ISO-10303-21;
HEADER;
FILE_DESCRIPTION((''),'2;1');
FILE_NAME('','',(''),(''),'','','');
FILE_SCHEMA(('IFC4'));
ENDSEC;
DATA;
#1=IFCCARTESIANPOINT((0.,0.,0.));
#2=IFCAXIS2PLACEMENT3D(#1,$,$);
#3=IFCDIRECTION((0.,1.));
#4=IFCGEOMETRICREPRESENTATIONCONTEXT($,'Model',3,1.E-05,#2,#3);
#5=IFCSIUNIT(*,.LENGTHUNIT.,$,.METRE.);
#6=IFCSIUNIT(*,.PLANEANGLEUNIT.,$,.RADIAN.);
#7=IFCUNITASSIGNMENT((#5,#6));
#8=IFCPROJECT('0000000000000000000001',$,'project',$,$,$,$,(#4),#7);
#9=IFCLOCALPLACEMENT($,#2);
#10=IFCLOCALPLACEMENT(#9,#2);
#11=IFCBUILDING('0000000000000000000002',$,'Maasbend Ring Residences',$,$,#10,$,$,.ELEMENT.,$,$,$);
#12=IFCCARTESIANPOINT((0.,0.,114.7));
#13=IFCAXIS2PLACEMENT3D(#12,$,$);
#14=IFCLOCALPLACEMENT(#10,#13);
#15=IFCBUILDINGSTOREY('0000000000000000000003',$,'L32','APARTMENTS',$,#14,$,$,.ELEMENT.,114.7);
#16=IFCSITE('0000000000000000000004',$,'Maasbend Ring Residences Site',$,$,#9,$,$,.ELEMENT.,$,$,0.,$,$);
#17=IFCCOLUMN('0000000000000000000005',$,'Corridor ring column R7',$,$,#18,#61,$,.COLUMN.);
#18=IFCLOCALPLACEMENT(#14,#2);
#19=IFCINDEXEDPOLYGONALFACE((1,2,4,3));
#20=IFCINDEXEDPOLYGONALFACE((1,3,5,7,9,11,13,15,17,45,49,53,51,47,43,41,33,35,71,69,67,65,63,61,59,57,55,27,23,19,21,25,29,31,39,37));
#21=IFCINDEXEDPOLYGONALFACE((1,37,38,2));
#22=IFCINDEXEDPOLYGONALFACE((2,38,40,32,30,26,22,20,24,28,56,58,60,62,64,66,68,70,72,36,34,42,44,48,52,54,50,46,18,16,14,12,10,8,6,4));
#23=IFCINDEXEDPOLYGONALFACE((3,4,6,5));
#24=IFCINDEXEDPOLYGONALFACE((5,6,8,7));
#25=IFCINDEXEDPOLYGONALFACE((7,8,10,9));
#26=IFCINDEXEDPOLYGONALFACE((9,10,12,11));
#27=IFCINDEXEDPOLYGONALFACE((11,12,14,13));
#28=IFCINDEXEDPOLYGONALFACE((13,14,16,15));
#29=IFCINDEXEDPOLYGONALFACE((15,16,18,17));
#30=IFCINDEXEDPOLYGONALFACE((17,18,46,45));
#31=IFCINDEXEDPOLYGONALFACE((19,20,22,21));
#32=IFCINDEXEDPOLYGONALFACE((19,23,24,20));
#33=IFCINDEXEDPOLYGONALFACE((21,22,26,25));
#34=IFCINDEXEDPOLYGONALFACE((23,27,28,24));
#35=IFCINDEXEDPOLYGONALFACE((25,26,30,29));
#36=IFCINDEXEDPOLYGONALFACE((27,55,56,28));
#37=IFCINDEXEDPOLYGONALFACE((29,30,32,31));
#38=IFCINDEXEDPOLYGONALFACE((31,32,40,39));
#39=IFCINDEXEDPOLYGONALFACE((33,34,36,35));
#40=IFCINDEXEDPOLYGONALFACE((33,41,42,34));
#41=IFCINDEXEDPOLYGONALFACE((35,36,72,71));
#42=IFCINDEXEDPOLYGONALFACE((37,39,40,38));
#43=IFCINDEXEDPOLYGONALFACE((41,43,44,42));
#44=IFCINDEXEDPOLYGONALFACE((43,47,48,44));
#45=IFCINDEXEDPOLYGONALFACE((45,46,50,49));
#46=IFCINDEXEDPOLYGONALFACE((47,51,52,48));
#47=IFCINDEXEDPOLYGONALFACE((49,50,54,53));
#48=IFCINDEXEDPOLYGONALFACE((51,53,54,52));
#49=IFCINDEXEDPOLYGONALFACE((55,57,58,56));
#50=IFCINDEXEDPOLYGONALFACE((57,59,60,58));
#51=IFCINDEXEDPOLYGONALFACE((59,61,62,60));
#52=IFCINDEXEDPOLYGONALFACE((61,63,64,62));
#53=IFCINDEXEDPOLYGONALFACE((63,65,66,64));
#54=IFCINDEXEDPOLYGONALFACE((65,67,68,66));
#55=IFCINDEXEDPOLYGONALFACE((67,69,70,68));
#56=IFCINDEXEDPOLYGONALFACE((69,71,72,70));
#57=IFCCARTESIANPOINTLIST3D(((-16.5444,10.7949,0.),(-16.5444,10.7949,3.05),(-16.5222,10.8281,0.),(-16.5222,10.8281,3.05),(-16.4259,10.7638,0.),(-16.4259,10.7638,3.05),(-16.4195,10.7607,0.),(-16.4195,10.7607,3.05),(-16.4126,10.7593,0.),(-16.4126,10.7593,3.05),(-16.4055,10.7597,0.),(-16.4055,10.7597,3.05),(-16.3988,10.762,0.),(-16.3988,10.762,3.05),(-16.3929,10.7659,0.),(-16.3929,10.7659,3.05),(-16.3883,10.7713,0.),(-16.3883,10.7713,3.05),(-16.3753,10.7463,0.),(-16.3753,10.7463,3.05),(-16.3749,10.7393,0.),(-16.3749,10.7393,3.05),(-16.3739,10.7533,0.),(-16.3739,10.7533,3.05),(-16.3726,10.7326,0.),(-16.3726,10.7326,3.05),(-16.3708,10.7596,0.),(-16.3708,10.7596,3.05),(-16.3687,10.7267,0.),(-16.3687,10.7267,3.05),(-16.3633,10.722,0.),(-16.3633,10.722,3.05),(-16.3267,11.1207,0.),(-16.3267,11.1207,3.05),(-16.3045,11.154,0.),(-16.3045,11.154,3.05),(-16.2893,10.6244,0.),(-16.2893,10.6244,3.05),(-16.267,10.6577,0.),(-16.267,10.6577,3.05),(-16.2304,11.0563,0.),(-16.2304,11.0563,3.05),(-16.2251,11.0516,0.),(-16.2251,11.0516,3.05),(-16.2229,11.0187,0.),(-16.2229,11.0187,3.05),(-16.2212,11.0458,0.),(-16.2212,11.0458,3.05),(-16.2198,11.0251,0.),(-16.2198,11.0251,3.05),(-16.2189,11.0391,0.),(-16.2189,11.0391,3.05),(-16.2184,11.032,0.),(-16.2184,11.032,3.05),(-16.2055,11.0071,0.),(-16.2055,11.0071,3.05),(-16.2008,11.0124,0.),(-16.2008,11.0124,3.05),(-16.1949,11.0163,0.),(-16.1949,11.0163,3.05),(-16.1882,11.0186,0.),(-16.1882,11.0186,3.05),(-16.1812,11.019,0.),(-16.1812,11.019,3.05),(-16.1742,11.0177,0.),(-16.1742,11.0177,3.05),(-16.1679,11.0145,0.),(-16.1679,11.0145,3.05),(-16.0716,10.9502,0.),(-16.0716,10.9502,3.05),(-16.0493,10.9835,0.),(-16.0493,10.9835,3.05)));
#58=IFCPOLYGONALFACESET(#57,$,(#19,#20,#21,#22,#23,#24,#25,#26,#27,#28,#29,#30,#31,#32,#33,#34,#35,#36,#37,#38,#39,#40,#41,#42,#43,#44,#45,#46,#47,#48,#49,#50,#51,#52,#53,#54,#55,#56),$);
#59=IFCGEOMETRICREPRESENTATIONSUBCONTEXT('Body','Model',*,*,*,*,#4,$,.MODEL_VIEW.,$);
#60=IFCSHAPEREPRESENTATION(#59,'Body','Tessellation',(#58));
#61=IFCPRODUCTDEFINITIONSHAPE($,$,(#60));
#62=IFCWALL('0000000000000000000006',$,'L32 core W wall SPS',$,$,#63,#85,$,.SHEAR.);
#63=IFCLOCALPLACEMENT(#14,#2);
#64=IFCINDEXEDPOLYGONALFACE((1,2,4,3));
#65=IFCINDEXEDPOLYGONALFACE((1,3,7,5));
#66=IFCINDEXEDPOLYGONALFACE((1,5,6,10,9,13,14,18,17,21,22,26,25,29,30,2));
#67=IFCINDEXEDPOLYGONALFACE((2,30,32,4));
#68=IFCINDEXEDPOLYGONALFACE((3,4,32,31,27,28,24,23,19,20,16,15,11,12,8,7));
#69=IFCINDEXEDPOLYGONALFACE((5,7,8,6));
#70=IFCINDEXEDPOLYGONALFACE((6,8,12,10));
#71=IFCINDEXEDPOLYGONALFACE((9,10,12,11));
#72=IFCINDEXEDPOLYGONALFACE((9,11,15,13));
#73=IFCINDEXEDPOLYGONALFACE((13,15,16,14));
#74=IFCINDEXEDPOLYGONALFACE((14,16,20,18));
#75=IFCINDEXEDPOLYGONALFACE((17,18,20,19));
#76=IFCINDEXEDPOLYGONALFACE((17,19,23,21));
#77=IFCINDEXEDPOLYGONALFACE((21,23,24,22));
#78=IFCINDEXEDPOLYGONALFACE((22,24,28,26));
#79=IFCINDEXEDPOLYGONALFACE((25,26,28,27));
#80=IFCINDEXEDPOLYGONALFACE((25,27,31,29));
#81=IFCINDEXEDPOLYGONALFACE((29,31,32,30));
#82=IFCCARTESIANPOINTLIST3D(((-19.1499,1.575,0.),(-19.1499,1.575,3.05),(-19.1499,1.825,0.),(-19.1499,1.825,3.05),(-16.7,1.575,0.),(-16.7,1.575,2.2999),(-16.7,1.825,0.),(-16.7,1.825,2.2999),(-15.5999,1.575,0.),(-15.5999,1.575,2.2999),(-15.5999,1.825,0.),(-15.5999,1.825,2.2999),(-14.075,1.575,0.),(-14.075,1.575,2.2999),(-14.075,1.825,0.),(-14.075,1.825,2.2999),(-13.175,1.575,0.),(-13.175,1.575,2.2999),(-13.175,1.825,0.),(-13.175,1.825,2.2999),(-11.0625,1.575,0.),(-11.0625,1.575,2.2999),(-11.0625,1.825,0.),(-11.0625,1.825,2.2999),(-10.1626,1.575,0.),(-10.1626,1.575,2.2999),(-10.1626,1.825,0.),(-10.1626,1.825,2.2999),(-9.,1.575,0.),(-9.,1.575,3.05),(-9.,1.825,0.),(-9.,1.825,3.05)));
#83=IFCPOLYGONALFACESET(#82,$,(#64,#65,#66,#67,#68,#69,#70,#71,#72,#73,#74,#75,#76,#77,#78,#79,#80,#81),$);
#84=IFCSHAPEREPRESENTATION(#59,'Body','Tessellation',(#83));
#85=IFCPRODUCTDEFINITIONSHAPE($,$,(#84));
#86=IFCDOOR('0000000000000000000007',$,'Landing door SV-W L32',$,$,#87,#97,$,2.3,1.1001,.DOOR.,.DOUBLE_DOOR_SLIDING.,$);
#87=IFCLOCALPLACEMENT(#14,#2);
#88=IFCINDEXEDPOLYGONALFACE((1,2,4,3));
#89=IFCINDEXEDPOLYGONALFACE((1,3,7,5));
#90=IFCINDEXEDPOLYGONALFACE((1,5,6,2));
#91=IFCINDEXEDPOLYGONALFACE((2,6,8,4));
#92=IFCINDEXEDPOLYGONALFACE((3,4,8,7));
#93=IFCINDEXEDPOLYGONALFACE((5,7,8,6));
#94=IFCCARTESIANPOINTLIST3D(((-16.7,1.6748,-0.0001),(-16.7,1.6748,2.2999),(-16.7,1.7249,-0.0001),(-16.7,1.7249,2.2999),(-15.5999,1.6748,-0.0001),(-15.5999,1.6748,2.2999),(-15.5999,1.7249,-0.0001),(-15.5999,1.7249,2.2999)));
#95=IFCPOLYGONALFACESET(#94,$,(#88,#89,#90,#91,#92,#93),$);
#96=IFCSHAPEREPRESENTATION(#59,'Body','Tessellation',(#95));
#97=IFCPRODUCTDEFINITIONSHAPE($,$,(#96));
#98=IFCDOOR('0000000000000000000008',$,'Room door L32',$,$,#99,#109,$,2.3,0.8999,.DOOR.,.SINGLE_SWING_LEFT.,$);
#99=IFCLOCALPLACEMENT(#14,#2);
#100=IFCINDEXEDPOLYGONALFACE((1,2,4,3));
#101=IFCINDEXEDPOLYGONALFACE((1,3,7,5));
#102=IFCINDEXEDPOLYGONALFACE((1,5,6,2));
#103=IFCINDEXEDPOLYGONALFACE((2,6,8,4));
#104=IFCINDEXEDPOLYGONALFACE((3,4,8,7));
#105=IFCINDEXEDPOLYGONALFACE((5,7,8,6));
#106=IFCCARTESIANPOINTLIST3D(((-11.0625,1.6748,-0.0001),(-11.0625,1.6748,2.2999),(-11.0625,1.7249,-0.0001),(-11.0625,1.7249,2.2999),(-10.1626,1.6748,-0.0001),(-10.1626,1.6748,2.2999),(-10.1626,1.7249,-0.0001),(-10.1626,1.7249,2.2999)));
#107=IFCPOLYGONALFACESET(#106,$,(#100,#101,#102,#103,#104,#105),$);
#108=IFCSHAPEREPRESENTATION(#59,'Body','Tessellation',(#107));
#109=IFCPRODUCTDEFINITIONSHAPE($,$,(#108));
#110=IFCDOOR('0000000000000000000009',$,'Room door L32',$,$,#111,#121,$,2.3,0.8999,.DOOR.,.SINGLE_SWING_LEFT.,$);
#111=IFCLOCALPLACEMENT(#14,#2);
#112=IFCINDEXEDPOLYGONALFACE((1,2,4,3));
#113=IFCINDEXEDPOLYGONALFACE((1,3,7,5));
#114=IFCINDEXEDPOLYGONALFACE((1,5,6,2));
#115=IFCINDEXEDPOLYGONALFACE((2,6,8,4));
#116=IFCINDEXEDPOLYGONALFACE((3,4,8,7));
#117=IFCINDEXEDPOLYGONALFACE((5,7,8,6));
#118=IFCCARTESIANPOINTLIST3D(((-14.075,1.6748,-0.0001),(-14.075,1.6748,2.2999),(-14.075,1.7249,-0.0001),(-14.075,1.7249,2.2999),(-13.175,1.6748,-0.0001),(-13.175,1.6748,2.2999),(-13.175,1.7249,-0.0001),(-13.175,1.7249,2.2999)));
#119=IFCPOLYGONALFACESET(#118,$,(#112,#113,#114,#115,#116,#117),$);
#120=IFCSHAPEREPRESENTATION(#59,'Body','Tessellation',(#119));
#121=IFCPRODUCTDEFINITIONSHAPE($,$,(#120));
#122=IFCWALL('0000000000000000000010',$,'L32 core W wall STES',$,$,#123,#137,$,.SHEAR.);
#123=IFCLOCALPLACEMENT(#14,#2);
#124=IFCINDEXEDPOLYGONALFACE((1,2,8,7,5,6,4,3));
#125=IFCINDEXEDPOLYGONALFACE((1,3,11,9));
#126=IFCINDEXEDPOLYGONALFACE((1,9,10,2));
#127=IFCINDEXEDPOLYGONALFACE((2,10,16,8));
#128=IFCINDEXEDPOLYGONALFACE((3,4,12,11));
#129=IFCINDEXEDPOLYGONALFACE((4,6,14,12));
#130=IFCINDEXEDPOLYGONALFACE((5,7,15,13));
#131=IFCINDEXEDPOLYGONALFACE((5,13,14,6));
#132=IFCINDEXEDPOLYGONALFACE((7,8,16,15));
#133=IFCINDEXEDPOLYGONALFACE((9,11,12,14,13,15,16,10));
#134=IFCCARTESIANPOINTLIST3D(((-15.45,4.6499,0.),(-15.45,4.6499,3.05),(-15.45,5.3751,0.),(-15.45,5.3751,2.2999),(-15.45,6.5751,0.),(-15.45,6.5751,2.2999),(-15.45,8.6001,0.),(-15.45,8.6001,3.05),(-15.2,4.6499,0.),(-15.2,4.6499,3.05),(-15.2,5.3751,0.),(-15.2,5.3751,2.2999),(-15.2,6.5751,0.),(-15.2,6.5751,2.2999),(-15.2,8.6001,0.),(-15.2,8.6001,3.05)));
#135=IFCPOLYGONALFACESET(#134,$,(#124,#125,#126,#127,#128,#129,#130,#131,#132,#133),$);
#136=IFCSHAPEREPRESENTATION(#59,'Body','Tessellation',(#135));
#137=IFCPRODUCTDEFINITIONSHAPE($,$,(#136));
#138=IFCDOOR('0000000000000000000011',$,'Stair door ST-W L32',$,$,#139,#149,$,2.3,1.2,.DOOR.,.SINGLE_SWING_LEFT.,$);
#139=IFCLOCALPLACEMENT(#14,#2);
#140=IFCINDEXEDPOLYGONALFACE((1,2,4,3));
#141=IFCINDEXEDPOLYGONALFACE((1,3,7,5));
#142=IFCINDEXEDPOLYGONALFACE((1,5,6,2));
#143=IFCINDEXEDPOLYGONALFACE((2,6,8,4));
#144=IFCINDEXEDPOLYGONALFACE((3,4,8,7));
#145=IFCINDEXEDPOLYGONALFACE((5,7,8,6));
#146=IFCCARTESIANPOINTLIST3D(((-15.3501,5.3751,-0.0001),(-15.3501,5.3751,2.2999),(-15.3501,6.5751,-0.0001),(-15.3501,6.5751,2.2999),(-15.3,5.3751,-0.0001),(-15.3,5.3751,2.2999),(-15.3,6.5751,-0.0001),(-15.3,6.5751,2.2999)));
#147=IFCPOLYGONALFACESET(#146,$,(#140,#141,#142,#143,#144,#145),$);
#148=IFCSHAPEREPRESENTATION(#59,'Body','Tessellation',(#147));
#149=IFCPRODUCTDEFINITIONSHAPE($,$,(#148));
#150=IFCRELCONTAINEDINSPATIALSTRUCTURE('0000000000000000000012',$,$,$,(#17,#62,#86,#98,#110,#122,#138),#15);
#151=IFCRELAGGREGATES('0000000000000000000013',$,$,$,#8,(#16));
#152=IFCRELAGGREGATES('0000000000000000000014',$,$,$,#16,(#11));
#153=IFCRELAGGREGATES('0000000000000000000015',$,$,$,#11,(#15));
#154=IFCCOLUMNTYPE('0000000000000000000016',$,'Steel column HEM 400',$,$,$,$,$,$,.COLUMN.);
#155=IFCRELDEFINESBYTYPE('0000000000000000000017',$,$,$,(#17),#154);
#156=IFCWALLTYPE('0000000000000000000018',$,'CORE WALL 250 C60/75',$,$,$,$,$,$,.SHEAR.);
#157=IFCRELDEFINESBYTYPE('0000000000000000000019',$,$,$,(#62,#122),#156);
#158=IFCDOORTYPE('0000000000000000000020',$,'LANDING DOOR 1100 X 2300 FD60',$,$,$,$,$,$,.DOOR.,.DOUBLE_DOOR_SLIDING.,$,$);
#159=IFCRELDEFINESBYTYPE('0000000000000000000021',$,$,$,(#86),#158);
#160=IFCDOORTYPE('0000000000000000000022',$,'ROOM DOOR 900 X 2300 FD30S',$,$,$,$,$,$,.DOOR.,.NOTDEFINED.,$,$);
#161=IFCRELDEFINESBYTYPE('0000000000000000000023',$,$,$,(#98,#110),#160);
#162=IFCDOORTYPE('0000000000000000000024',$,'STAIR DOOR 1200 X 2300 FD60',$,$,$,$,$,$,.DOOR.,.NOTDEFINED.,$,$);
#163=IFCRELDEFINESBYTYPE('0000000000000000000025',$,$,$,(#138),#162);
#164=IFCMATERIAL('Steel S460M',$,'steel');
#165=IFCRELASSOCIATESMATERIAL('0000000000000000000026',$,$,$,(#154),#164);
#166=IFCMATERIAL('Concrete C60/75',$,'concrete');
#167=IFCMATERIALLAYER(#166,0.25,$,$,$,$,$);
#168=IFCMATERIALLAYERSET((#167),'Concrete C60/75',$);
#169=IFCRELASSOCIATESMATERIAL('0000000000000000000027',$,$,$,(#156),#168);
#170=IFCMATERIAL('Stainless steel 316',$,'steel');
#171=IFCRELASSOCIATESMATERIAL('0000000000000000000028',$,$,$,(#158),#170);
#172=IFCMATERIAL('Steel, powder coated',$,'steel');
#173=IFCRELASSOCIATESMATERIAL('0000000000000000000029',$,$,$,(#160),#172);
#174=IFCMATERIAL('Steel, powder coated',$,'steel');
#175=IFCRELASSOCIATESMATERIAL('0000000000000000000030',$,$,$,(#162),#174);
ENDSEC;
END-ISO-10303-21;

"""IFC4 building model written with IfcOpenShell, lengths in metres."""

from ifc_helpers import new_model, si_unit, direction, frame, frame_2d, origin, origin_2d, place, context, subcontext, project, spatial, rectangle, i_section, extrude, material, layer, layer_set, material_profile, profile_set, type_object, element, fill, save


model = new_model("IFC4")

# Units and contexts
model_context = context("Model", 3, precision=1e-05, world=origin(), true_north=direction((0.0, 1.0)))
body_context = subcontext(model_context, "Body", "Model", "MODEL_VIEW")
ifc_project = project(units=[si_unit("LENGTHUNIT", "METRE"), si_unit("PLANEANGLEUNIT", "RADIAN")], contexts=[model_context])

# Site, building, storey
site_placement = place(None, origin())
site = spatial("IfcSite", under=ifc_project, at=site_placement, Name="Maasbend Ring Residences Site", CompositionType="ELEMENT", RefElevation=0.0)
building_placement = place(site_placement, origin())
building = spatial("IfcBuilding", under=site, at=building_placement, Name="Maasbend Ring Residences", CompositionType="ELEMENT")
storey_placement = place(building_placement, frame((0.0, 0.0, 114.7)))
storey = spatial("IfcBuildingStorey", under=building, at=storey_placement, Name="L32", Description="APARTMENTS", CompositionType="ELEMENT", Elevation=114.7)

# Column
ifc_material_1 = material(Name="Steel S460M", Category="steel")
ifc_material_profile = material_profile(ifc_material_1, i_section(OverallWidth=0.3069, OverallDepth=0.4319, WebThickness=0.021, FlangeThickness=0.04, FilletRadius=0.0271, at=origin_2d()), Name="HEM 400")
ifc_profile_set = profile_set([ifc_material_profile], Name="Steel S460M")
column_type = type_object("IfcColumnType", Name="Steel column HEM 400", PredefinedType="COLUMN", material=ifc_profile_set)
column_placement = place(storey_placement, frame((-16.2969, 10.8892, 0.0), z_axis=(0.0, 0.0, 1.0), x_axis=(-0.83147, 0.55557, 0.0)))
element("IfcColumn", 1, at=column_placement, inside=storey, type_object=column_type, Name="Corridor ring column R7", PredefinedType="COLUMN", context=body_context, shape_type="SweptSolid", body=[
    extrude(i_section(OverallWidth=0.3069, OverallDepth=0.4319, WebThickness=0.021, FlangeThickness=0.04, FilletRadius=0.0271, at=origin_2d()), origin(), (0.0, 0.0, 1.0), 3.05),
])

# Wall, openings, doors
ifc_material_2 = material(Name="Concrete C60/75", Category="concrete")
ifc_layer_1 = layer(ifc_material_2, 0.25)
ifc_layer_set_1 = layer_set([ifc_layer_1], Name="Concrete C60/75")
wall_type_1 = type_object("IfcWallType", Name="CORE WALL 250 C60/75", PredefinedType="SHEAR", material=ifc_layer_set_1)
wall_1_placement = place(storey_placement, frame((-19.1499, 1.7, 0.0), z_axis=(0.0, 0.0, 1.0), x_axis=(1.0, 0.0, 0.0)))
wall_1 = element("IfcWall", 2, at=wall_1_placement, inside=storey, type_object=wall_type_1, Name="L32 core W wall SPS", PredefinedType="SHEAR", context=body_context, shape_type="SweptSolid", body=[
    extrude(rectangle(XDim=10.1499, YDim=0.25, at=frame_2d((5.075, 0.0))), origin(), (0.0, 0.0, 1.0), 3.05),
])
opening_1_placement = place(wall_1_placement, frame((2.45, 0.0, 0.0)))
opening_1 = element("IfcOpeningElement", 3, at=opening_1_placement, cuts=wall_1, PredefinedType="OPENING", context=body_context, shape_type="SweptSolid", body=[
    extrude(rectangle(XDim=1.1001, YDim=2.3, at=frame_2d((0.55, 1.1499))), frame((0.0, 0.135, 0.0), z_axis=(0.0, -1.0, 0.0), x_axis=(1.0, 0.0, 0.0)), (0.0, 0.0, 1.0), 0.27),
])
opening_2_placement = place(wall_1_placement, frame((8.0874, 0.0, 0.0)))
opening_2 = element("IfcOpeningElement", 4, at=opening_2_placement, cuts=wall_1, PredefinedType="OPENING", context=body_context, shape_type="SweptSolid", body=[
    extrude(rectangle(XDim=0.8999, YDim=2.3, at=frame_2d((0.45, 1.1499))), frame((0.0, 0.135, 0.0), z_axis=(0.0, -1.0, 0.0), x_axis=(1.0, 0.0, 0.0)), (0.0, 0.0, 1.0), 0.27),
])
opening_3_placement = place(wall_1_placement, frame((5.075, 0.0, 0.0)))
opening_3 = element("IfcOpeningElement", 5, at=opening_3_placement, cuts=wall_1, PredefinedType="OPENING", context=body_context, shape_type="SweptSolid", body=[
    extrude(rectangle(XDim=0.8999, YDim=2.3, at=frame_2d((0.45, 1.1499))), frame((0.0, 0.135, 0.0), z_axis=(0.0, -1.0, 0.0), x_axis=(1.0, 0.0, 0.0)), (0.0, 0.0, 1.0), 0.27),
])
ifc_material_3 = material(Name="Stainless steel 316", Category="steel")
door_type_1 = type_object("IfcDoorType", Name="LANDING DOOR 1100 X 2300 FD60", OperationType="DOUBLE_DOOR_SLIDING", PredefinedType="DOOR", material=ifc_material_3)
door_1_placement = place(opening_1_placement, origin())
door_1 = element("IfcDoor", 6, at=door_1_placement, inside=storey, type_object=door_type_1, Name="Landing door SV-W L32", OperationType="DOUBLE_DOOR_SLIDING", OverallHeight=2.3, OverallWidth=1.1001, PredefinedType="DOOR", context=body_context, shape_type="SweptSolid", body=[
    extrude(rectangle(XDim=1.1001, YDim=2.3, at=frame_2d((0.55, 1.1499))), frame((0.0, 0.0249, 0.0), z_axis=(0.0, -1.0, 0.0), x_axis=(1.0, 0.0, 0.0)), (0.0, 0.0, 1.0), 0.05),
])
fill(opening_1, door_1)
ifc_material_4 = material(Name="Steel, powder coated", Category="steel")
door_type_2 = type_object("IfcDoorType", Name="ROOM DOOR 900 X 2300 FD30S", OperationType="NOTDEFINED", PredefinedType="DOOR", material=ifc_material_4)
door_2_placement = place(opening_2_placement, origin())
door_2 = element("IfcDoor", 7, at=door_2_placement, inside=storey, type_object=door_type_2, Name="Room door L32", OperationType="SINGLE_SWING_LEFT", OverallHeight=2.3, OverallWidth=0.8999, PredefinedType="DOOR", context=body_context, shape_type="SweptSolid", body=[
    extrude(rectangle(XDim=0.8999, YDim=2.3, at=frame_2d((0.45, 1.1499))), frame((0.0, 0.0249, 0.0), z_axis=(0.0, -1.0, 0.0), x_axis=(1.0, 0.0, 0.0)), (0.0, 0.0, 1.0), 0.05),
])
fill(opening_2, door_2)
door_3_placement = place(opening_3_placement, origin())
door_3 = element("IfcDoor", 8, at=door_3_placement, inside=storey, type_object=door_type_2, Name="Room door L32", OperationType="SINGLE_SWING_LEFT", OverallHeight=2.3, OverallWidth=0.8999, PredefinedType="DOOR", context=body_context, shape_type="SweptSolid", body=[
    extrude(rectangle(XDim=0.8999, YDim=2.3, at=frame_2d((0.45, 1.1499))), frame((0.0, 0.0249, 0.0), z_axis=(0.0, -1.0, 0.0), x_axis=(1.0, 0.0, 0.0)), (0.0, 0.0, 1.0), 0.05),
])
fill(opening_3, door_3)

# Wall, opening, door
wall_2_placement = place(storey_placement, frame((-15.325, 8.6001, 0.0), z_axis=(0.0, 0.0, 1.0), x_axis=(0.0, -1.0, 0.0)))
wall_2 = element("IfcWall", 9, at=wall_2_placement, inside=storey, type_object=wall_type_1, Name="L32 core W wall STES", PredefinedType="SHEAR", context=body_context, shape_type="SweptSolid", body=[
    extrude(rectangle(XDim=3.9502, YDim=0.25, at=frame_2d((1.9751, 0.0))), origin(), (0.0, 0.0, 1.0), 3.05),
])
opening_4_placement = place(wall_2_placement, frame((2.0249, 0.0, 0.0)))
opening_4 = element("IfcOpeningElement", 10, at=opening_4_placement, cuts=wall_2, PredefinedType="OPENING", context=body_context, shape_type="SweptSolid", body=[
    extrude(rectangle(XDim=1.2, YDim=2.3, at=frame_2d((0.6001, 1.1499))), frame((0.0, 0.135, 0.0), z_axis=(0.0, -1.0, 0.0), x_axis=(1.0, 0.0, 0.0)), (0.0, 0.0, 1.0), 0.27),
])
ifc_material_5 = material(Name="Steel, powder coated", Category="steel")
door_type_3 = type_object("IfcDoorType", Name="STAIR DOOR 1200 X 2300 FD60", OperationType="NOTDEFINED", PredefinedType="DOOR", material=ifc_material_5)
door_4_placement = place(opening_4_placement, origin())
door_4 = element("IfcDoor", 11, at=door_4_placement, inside=storey, type_object=door_type_3, Name="Stair door ST-W L32", OperationType="SINGLE_SWING_LEFT", OverallHeight=2.3, OverallWidth=1.2, PredefinedType="DOOR", context=body_context, shape_type="SweptSolid", body=[
    extrude(rectangle(XDim=1.2, YDim=2.3, at=frame_2d((0.6001, 1.1499))), frame((0.0, 0.0249, 0.0), z_axis=(0.0, -1.0, 0.0), x_axis=(1.0, 0.0, 0.0)), (0.0, 0.0, 1.0), 0.05),
])
fill(opening_4, door_4)

save(model, "model.ifc")
